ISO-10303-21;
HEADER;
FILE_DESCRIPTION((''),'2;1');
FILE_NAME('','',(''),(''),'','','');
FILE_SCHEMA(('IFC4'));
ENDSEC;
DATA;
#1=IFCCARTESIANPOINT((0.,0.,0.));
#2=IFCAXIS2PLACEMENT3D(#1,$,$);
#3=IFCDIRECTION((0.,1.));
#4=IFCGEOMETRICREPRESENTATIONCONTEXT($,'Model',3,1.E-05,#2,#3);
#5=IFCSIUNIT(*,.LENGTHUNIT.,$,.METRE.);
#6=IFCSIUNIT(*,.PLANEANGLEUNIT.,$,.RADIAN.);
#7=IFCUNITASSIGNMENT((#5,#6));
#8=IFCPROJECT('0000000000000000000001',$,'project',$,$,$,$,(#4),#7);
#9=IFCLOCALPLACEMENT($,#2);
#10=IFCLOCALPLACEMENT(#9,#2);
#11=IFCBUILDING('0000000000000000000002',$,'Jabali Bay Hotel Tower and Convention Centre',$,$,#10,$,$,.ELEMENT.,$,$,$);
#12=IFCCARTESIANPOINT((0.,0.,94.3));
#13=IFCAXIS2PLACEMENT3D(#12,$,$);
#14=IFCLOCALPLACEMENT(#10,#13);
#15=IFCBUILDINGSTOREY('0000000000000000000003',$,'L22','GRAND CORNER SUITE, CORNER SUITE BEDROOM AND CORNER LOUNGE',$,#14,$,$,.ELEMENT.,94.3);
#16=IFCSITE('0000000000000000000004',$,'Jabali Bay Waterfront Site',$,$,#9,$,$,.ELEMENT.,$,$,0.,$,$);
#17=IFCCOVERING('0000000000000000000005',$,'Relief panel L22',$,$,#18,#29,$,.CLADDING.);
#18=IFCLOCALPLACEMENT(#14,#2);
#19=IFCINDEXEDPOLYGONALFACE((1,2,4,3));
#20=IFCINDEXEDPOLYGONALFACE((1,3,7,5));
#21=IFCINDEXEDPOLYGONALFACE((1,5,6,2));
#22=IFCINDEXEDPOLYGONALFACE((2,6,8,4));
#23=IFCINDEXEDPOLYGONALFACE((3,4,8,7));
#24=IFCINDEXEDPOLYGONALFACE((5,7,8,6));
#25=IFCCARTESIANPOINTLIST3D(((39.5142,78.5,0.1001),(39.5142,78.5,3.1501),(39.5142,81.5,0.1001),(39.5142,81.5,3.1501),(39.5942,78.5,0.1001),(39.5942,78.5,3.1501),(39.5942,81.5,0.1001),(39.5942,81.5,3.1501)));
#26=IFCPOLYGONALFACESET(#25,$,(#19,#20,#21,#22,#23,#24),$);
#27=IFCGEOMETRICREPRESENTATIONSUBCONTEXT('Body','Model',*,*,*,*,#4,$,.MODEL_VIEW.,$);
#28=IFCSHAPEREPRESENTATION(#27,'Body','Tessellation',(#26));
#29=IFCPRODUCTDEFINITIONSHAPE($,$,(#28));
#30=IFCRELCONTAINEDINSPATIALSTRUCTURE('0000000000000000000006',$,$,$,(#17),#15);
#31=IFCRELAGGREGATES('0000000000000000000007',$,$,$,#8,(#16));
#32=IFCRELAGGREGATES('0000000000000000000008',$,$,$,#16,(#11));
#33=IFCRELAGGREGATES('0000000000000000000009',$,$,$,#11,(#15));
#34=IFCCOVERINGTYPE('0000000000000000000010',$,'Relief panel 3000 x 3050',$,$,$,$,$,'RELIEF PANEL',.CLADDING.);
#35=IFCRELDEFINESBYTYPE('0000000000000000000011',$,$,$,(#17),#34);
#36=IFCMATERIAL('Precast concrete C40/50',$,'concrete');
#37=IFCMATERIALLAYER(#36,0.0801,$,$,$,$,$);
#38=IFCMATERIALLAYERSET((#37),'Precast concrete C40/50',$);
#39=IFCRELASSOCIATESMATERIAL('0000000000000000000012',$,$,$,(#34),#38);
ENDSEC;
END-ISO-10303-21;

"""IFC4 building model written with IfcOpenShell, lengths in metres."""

from ifc_helpers import new_model, si_unit, direction, frame, origin, origin_2d, place, context, subcontext, project, spatial, rectangle, extrude, material, layer, layer_set, type_object, element, save


model = new_model("IFC4")

# Units and contexts
model_context = context("Model", 3, precision=1e-05, world=origin(), true_north=direction((0.0, 1.0)))
body_context = subcontext(model_context, "Body", "Model", "MODEL_VIEW")
ifc_project = project(units=[si_unit("LENGTHUNIT", "METRE"), si_unit("PLANEANGLEUNIT", "RADIAN")], contexts=[model_context])

# Site, building, storey
site_placement = place(None, origin())
site = spatial("IfcSite", under=ifc_project, at=site_placement, Name="Jabali Bay Waterfront Site", CompositionType="ELEMENT", RefElevation=0.0)
building_placement = place(site_placement, origin())
building = spatial("IfcBuilding", under=site, at=building_placement, Name="Jabali Bay Hotel Tower and Convention Centre", CompositionType="ELEMENT")
storey_placement = place(building_placement, frame((0.0, 0.0, 94.3)))
storey = spatial("IfcBuildingStorey", under=building, at=storey_placement, Name="L22", Description="GRAND CORNER SUITE, CORNER SUITE BEDROOM AND CORNER LOUNGE", CompositionType="ELEMENT", Elevation=94.3)

# Covering
ifc_material_1 = material(Name="Precast concrete C40/50", Category="concrete")
ifc_layer_1 = layer(ifc_material_1, 0.0801)
ifc_layer_set_1 = layer_set([ifc_layer_1], Name="Precast concrete C40/50")
covering_type = type_object("IfcCoveringType", Name="Relief panel 3000 x 3050", ElementType="RELIEF PANEL", PredefinedType="CLADDING", material=ifc_layer_set_1)
covering_placement = place(storey_placement, frame((39.5542, 80.0, 0.1001), z_axis=(0.0, 0.0, 1.0), x_axis=(0.0, 1.0, 0.0)))
element("IfcCovering", 1, at=covering_placement, inside=storey, type_object=covering_type, Name="Relief panel L22", PredefinedType="CLADDING", context=body_context, shape_type="SweptSolid", body=[
    extrude(rectangle(XDim=3.0, YDim=0.0801, at=origin_2d()), origin(), (0.0, 0.0, 1.0), 3.05),
])

save(model, "model.ifc")
